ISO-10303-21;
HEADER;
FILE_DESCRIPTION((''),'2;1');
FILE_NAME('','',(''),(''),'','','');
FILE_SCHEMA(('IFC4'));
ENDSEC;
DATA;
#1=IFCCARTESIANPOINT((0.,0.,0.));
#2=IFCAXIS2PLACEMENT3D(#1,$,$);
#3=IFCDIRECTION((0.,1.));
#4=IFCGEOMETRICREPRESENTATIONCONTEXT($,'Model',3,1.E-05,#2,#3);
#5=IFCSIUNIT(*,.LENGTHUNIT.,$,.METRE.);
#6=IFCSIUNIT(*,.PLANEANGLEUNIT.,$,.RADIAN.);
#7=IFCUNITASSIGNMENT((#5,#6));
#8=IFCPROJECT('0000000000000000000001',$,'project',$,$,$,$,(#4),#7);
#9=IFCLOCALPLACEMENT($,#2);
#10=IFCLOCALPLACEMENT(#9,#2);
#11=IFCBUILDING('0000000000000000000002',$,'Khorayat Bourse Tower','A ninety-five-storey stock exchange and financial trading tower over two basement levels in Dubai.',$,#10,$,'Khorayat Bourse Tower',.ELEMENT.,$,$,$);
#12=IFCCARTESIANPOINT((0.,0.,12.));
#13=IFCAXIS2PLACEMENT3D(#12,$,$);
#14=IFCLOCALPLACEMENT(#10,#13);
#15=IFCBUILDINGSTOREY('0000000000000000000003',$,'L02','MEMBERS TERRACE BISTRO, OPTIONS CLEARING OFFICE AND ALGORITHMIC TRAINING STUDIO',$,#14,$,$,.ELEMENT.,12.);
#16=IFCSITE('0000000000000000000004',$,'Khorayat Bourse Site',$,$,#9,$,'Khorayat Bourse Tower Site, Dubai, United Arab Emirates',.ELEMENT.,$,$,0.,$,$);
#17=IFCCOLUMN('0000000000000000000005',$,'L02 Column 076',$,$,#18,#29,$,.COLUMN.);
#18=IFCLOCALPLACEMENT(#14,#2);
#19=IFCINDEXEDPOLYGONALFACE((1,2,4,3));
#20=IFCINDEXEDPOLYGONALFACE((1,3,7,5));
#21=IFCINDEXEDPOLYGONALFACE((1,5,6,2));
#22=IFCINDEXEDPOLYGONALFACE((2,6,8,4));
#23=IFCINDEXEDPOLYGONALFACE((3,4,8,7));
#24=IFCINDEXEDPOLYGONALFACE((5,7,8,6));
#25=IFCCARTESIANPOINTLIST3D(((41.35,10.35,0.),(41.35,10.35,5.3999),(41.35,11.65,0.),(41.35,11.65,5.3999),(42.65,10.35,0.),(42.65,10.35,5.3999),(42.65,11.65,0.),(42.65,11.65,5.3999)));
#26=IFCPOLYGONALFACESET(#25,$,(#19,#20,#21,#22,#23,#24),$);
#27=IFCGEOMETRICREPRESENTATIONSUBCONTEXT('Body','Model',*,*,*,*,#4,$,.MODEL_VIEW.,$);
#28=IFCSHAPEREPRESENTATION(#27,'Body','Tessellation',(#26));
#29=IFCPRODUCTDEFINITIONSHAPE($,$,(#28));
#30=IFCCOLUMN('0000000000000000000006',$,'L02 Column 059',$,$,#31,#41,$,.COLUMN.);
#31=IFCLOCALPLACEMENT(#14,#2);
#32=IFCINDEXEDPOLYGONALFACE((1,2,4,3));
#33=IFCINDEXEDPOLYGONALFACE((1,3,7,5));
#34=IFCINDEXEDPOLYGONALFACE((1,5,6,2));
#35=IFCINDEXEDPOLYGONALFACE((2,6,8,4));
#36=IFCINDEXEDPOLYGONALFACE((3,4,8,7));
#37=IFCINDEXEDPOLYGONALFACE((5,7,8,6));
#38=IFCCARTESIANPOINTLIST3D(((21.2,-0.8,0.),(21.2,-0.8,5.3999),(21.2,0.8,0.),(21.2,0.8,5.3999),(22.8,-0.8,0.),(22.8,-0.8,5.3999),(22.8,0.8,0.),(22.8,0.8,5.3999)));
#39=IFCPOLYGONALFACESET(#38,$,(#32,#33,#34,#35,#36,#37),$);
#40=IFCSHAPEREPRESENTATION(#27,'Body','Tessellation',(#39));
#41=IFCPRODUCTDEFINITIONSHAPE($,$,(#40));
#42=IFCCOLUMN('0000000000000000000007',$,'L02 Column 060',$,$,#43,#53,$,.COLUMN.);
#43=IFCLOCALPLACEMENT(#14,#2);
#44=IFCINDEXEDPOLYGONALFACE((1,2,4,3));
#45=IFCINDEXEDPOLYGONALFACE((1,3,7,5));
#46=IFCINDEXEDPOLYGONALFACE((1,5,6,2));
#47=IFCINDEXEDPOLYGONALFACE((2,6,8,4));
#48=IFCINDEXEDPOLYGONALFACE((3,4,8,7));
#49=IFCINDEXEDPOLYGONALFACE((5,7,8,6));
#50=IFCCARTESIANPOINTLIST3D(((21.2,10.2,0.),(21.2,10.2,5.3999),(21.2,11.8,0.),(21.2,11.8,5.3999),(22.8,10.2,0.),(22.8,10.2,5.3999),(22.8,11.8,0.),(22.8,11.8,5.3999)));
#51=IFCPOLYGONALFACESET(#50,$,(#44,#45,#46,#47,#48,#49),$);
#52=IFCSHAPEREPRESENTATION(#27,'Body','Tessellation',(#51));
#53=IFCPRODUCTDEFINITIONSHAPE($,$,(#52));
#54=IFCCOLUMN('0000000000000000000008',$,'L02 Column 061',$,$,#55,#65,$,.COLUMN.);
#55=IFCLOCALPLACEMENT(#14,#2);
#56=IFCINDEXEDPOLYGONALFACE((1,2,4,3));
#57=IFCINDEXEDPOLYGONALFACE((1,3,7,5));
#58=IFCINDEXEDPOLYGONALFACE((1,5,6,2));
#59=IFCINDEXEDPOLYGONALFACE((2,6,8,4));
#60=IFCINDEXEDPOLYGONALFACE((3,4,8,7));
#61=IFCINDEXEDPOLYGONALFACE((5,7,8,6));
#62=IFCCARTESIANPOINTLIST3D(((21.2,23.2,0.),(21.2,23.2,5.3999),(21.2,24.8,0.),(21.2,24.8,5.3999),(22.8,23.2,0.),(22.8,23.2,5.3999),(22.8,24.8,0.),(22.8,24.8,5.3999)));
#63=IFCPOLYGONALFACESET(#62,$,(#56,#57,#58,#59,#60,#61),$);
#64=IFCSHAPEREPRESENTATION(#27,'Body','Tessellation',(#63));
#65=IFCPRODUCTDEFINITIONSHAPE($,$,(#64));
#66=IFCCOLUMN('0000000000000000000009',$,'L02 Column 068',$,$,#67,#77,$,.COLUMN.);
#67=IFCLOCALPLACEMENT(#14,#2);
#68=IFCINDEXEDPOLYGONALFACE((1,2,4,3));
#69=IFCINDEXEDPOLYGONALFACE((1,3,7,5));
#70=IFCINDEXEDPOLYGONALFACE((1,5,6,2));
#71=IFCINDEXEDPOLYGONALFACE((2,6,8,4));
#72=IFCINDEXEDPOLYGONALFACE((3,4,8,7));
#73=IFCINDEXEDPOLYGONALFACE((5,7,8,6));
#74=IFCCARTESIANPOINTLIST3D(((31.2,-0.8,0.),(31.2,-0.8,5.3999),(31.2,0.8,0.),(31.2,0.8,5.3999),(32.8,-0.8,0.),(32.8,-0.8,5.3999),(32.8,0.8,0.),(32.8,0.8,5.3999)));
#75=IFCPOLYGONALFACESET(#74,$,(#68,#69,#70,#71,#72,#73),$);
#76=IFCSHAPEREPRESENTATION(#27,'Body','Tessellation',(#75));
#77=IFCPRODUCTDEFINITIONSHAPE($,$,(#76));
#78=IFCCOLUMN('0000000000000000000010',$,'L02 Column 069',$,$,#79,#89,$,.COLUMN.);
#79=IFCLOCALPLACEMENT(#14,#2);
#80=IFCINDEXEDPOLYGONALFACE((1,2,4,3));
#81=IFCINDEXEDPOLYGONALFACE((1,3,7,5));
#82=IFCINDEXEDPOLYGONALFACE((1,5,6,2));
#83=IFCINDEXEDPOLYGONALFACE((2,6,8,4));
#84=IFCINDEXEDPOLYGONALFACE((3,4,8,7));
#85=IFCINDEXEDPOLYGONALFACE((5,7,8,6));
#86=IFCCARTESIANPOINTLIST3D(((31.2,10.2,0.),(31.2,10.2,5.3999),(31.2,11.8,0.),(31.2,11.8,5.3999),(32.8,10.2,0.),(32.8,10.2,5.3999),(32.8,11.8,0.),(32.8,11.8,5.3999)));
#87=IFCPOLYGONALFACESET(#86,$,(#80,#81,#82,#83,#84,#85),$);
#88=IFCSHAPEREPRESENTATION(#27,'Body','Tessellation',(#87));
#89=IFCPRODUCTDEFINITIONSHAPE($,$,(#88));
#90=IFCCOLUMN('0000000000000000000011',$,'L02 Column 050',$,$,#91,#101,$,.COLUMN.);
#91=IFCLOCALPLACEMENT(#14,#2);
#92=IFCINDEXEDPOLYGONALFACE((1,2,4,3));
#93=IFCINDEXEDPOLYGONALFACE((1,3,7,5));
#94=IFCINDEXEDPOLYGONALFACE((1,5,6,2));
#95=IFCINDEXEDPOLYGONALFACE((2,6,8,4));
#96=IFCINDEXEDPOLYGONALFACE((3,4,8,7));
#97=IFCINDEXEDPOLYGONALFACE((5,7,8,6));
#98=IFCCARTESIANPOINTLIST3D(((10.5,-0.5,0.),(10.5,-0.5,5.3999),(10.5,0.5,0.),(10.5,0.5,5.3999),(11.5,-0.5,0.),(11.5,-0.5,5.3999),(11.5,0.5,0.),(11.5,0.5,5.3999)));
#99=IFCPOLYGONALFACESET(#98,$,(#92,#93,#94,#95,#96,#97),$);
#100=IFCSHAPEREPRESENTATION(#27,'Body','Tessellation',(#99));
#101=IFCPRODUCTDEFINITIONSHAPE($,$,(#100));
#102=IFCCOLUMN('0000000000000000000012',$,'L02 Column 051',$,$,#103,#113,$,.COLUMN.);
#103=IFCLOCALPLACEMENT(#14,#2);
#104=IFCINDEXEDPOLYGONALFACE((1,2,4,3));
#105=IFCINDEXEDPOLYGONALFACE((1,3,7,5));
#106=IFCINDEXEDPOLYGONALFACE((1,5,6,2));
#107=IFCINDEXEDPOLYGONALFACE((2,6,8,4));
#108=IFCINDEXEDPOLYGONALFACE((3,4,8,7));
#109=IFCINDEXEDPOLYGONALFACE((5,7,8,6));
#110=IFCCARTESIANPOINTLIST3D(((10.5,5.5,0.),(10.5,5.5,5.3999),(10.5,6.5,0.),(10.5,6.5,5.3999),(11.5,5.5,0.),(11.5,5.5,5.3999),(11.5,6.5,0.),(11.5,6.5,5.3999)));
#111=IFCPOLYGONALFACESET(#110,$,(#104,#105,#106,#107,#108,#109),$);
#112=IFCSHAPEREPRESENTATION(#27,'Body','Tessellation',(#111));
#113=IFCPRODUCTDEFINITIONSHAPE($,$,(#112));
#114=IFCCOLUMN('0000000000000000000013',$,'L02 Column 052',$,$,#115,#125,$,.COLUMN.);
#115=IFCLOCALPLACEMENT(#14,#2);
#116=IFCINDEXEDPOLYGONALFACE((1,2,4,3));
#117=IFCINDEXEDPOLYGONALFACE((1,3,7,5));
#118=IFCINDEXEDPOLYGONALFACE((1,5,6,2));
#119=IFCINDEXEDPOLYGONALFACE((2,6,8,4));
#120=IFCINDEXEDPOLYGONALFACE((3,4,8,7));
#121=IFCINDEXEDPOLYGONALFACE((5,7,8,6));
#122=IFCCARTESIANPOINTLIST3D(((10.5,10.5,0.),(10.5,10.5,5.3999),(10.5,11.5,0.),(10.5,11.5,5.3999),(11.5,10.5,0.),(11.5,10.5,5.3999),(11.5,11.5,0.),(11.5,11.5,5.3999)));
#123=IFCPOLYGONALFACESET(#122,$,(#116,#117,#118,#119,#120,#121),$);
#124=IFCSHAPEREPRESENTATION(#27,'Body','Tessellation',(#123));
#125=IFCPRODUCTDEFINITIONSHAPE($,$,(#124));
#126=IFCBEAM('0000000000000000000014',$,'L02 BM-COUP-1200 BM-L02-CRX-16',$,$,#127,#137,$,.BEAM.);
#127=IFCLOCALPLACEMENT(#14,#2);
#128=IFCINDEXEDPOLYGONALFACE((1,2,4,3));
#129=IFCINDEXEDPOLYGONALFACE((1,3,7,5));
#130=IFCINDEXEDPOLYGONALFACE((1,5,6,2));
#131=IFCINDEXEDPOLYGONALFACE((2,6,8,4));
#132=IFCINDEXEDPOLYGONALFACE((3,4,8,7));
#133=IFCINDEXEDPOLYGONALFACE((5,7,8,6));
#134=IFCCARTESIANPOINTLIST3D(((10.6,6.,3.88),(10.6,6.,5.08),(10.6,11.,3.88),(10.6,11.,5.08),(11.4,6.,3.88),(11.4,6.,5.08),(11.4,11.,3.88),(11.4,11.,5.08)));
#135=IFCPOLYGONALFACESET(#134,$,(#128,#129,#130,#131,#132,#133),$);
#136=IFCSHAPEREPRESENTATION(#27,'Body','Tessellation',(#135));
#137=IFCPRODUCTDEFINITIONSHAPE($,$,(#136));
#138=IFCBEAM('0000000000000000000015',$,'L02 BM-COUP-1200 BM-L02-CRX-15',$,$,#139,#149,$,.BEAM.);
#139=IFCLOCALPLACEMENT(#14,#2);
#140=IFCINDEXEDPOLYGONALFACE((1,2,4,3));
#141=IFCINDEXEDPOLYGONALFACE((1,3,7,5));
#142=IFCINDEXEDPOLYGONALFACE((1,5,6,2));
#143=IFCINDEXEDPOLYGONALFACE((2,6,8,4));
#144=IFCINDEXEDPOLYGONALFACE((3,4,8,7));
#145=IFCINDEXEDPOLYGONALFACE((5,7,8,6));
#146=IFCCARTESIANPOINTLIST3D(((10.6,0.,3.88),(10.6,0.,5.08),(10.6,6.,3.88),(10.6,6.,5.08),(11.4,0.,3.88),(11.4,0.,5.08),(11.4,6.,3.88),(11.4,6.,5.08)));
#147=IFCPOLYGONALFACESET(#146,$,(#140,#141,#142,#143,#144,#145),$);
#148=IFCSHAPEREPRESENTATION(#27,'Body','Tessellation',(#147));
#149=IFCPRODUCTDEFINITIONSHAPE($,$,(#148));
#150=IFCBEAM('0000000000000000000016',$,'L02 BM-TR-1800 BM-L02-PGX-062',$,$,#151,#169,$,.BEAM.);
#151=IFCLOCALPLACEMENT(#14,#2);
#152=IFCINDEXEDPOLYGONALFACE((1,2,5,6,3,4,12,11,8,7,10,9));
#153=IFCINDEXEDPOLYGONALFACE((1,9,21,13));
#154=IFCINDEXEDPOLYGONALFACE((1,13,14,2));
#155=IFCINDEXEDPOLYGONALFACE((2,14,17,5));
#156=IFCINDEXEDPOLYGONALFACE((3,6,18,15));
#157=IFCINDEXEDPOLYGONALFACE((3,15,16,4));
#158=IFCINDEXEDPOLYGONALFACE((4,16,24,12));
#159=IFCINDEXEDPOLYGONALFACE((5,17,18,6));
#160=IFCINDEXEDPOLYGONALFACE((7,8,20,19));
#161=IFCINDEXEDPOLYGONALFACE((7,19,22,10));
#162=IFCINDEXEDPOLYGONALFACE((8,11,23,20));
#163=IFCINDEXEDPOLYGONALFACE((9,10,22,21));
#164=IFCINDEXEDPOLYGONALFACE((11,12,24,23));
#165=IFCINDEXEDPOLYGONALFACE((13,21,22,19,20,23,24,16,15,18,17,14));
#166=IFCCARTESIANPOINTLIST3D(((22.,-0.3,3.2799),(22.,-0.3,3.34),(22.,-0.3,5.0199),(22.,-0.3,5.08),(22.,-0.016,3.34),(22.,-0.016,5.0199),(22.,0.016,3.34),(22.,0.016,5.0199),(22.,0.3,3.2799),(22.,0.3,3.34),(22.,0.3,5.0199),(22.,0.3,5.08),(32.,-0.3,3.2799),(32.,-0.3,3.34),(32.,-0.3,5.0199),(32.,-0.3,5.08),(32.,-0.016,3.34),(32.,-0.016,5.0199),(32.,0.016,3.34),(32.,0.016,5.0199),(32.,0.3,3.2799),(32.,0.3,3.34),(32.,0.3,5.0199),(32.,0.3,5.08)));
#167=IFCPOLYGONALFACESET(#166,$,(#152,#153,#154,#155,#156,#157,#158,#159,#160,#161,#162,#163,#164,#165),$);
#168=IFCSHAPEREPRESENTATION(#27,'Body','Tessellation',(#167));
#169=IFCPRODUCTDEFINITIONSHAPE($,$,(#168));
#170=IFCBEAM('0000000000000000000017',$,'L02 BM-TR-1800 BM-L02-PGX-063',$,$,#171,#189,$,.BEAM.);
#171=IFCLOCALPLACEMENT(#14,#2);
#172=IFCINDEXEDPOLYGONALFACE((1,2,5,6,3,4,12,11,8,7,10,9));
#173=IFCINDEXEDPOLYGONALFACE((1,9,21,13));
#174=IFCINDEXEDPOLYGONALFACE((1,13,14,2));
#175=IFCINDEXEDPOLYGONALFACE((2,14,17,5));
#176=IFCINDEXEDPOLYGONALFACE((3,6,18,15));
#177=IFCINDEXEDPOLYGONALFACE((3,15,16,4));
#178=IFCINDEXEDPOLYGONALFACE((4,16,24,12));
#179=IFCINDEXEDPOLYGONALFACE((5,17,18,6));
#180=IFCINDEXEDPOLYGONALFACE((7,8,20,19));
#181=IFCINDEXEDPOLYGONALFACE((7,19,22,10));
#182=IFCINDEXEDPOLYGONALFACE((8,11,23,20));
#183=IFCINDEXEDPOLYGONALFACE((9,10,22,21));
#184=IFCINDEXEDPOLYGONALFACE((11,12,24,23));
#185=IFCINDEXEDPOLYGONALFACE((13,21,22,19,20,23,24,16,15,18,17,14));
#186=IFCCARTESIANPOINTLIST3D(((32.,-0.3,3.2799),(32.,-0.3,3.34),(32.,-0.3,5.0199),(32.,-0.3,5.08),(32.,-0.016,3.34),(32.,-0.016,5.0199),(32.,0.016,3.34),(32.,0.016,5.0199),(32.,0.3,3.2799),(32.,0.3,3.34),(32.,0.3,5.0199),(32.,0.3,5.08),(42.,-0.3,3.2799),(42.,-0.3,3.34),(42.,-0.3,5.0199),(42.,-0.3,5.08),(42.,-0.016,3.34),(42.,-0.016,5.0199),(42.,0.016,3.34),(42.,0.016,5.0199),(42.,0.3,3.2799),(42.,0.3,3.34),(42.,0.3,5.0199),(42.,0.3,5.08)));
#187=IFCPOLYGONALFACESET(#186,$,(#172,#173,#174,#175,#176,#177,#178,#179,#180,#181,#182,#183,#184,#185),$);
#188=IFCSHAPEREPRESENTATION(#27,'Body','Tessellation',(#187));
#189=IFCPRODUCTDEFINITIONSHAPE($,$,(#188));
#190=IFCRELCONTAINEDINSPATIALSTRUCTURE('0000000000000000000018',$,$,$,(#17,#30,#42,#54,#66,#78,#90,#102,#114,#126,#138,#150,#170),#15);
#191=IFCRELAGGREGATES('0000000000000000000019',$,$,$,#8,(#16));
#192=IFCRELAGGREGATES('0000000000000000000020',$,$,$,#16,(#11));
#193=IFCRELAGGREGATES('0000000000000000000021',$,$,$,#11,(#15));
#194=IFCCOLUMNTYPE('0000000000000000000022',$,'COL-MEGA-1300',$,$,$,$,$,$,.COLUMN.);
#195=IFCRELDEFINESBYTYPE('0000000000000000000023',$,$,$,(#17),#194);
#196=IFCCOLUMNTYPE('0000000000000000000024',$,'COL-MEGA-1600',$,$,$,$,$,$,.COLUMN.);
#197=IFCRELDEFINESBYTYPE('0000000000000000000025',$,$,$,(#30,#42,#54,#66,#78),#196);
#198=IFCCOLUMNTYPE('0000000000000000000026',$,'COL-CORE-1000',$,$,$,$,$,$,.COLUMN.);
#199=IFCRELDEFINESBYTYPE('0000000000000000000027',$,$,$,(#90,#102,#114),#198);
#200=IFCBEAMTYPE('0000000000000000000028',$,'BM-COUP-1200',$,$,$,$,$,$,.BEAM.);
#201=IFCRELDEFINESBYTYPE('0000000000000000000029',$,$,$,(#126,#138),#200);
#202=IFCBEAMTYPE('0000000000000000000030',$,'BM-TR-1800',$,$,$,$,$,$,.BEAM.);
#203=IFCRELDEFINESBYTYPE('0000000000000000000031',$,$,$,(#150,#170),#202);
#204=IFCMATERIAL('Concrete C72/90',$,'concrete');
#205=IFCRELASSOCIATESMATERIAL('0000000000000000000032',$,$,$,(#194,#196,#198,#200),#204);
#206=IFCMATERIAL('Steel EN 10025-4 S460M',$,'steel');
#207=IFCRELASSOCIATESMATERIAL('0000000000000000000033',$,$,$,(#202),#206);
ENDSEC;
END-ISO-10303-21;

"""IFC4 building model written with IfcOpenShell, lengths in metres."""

from ifc_helpers import new_model, si_unit, direction, frame, origin, origin_2d, place, context, subcontext, project, spatial, rectangle, i_section, extrude, source, transform, mapped, material, material_profile, profile_set, type_object, element, save


model = new_model("IFC4")

# Units and contexts
model_context = context("Model", 3, precision=1e-05, world=origin(), true_north=direction((0.0, 1.0)))
body_context = subcontext(model_context, "Body", "Model", "MODEL_VIEW")
ifc_project = project(units=[si_unit("LENGTHUNIT", "METRE"), si_unit("PLANEANGLEUNIT", "RADIAN")], contexts=[model_context])

# Site, building, storey
site_placement = place(None, origin())
site = spatial("IfcSite", under=ifc_project, at=site_placement, Name="Khorayat Bourse Site", LongName="Khorayat Bourse Tower Site, Dubai, United Arab Emirates", CompositionType="ELEMENT", RefElevation=0.0)
building_placement = place(site_placement, origin())
building = spatial("IfcBuilding", under=site, at=building_placement, Name="Khorayat Bourse Tower", Description="A ninety-five-storey stock exchange and financial trading tower over two basement levels in Dubai.", LongName="Khorayat Bourse Tower", CompositionType="ELEMENT")
storey_placement = place(building_placement, frame((0.0, 0.0, 12.0)))
storey = spatial("IfcBuildingStorey", under=building, at=storey_placement, Name="L02", Description="MEMBERS TERRACE BISTRO, OPTIONS CLEARING OFFICE AND ALGORITHMIC TRAINING STUDIO", CompositionType="ELEMENT", Elevation=12.0)

# Columns
ifc_material_1 = material(Name="Concrete C72/90", Category="concrete")
ifc_material_profile_1 = material_profile(ifc_material_1, rectangle(XDim=1.3, YDim=1.3, at=origin_2d()), Name="RC 1300x1300")
ifc_profile_set_1 = profile_set([ifc_material_profile_1], Name="Concrete C72/90")
column_type_1 = type_object("IfcColumnType", Name="COL-MEGA-1300", PredefinedType="COLUMN", material=ifc_profile_set_1)
shared_shape_1 = source(origin(), body_context, "Body", "SweptSolid", [
    extrude(rectangle(XDim=1.3, YDim=1.3, at=origin_2d()), origin(), (0.0, 0.0, 1.0), 5.3999),
])
column_placement = place(storey_placement, frame((42.0, 11.0, 0.0), z_axis=(0.0, 0.0, 1.0), x_axis=(1.0, 0.0, 0.0)))
element("IfcColumn", 1, at=column_placement, inside=storey, type_object=column_type_1, Name="L02 Column 076", PredefinedType="COLUMN", context=body_context, shape_type="MappedRepresentation", body=[
    mapped(shared_shape_1, transform((0.0, 0.0, 0.0), scale=1.0)),
])
ifc_material_profile_2 = material_profile(ifc_material_1, rectangle(XDim=1.6001, YDim=1.6001, at=origin_2d()), Name="RC 1600x1600")
ifc_profile_set_2 = profile_set([ifc_material_profile_2], Name="Concrete C72/90")
column_type_2 = type_object("IfcColumnType", Name="COL-MEGA-1600", PredefinedType="COLUMN", material=ifc_profile_set_2)
shared_shape_2 = source(origin(), body_context, "Body", "SweptSolid", [
    extrude(rectangle(XDim=1.6001, YDim=1.6001, at=origin_2d()), origin(), (0.0, 0.0, 1.0), 5.3999),
])
for number, where, z_axis, x_axis, name in (
    (2, (22.0, 0.0, 0.0), (0.0, 0.0, 1.0), (1.0, 0.0, 0.0), "L02 Column 059"),
    (3, (22.0, 11.0, 0.0), (0.0, 0.0, 1.0), (1.0, 0.0, 0.0), "L02 Column 060"),
    (4, (22.0, 24.0, 0.0), (0.0, 0.0, 1.0), (1.0, 0.0, 0.0), "L02 Column 061"),
    (5, (32.0, 0.0, 0.0), (0.0, 0.0, 1.0), (1.0, 0.0, 0.0), "L02 Column 068"),
    (6, (32.0, 11.0, 0.0), (0.0, 0.0, 1.0), (1.0, 0.0, 0.0), "L02 Column 069"),
):
    element("IfcColumn", number, at=place(storey_placement, frame(where, z_axis=z_axis, x_axis=x_axis)), inside=storey, type_object=column_type_2, Name=name, PredefinedType="COLUMN", context=body_context, shape_type="MappedRepresentation", body=[
        mapped(shared_shape_2, transform((0.0, 0.0, 0.0), scale=1.0)),
    ])
ifc_material_profile_3 = material_profile(ifc_material_1, rectangle(XDim=1.0, YDim=1.0, at=origin_2d()), Name="RC 1000x1000")
ifc_profile_set_3 = profile_set([ifc_material_profile_3], Name="Concrete C72/90")
column_type_3 = type_object("IfcColumnType", Name="COL-CORE-1000", PredefinedType="COLUMN", material=ifc_profile_set_3)
shared_shape_3 = source(origin(), body_context, "Body", "SweptSolid", [
    extrude(rectangle(XDim=1.0, YDim=1.0, at=origin_2d()), origin(), (0.0, 0.0, 1.0), 5.3999),
])
for number, where, z_axis, x_axis, name in (
    (7, (11.0, 0.0, 0.0), (0.0, 0.0, 1.0), (1.0, 0.0, 0.0), "L02 Column 050"),
    (8, (11.0, 6.0, 0.0), (0.0, 0.0, 1.0), (1.0, 0.0, 0.0), "L02 Column 051"),
    (9, (11.0, 11.0, 0.0), (0.0, 0.0, 1.0), (1.0, 0.0, 0.0), "L02 Column 052"),
):
    element("IfcColumn", number, at=place(storey_placement, frame(where, z_axis=z_axis, x_axis=x_axis)), inside=storey, type_object=column_type_3, Name=name, PredefinedType="COLUMN", context=body_context, shape_type="MappedRepresentation", body=[
        mapped(shared_shape_3, transform((0.0, 0.0, 0.0), scale=1.0)),
    ])

# Beams
ifc_material_profile_4 = material_profile(ifc_material_1, rectangle(XDim=0.8, YDim=1.2, at=origin_2d()), Name="RC 800x1200")
ifc_profile_set_4 = profile_set([ifc_material_profile_4], Name="Concrete C72/90")
beam_type_1 = type_object("IfcBeamType", Name="BM-COUP-1200", PredefinedType="BEAM", material=ifc_profile_set_4)
shared_shape_4 = source(origin(), body_context, "Body", "SweptSolid", [
    extrude(rectangle(XDim=0.8, YDim=1.2, at=origin_2d()), origin(), (0.0, 0.0, 1.0), 5.0),
])
beam_1_placement = place(storey_placement, frame((11.0, 6.0, 4.48), z_axis=(0.0, 1.0, 0.0), x_axis=(-1.0, 0.0, 0.0)))
element("IfcBeam", 10, at=beam_1_placement, inside=storey, type_object=beam_type_1, Name="L02 BM-COUP-1200 BM-L02-CRX-16", PredefinedType="BEAM", context=body_context, shape_type="MappedRepresentation", body=[
    mapped(shared_shape_4, transform((0.0, 0.0, 0.0), scale=1.0)),
])
shared_shape_5 = source(origin(), body_context, "Body", "SweptSolid", [
    extrude(rectangle(XDim=0.8, YDim=1.2, at=origin_2d()), origin(), (0.0, 0.0, 1.0), 6.0),
])
beam_2_placement = place(storey_placement, frame((11.0, 0.0, 4.48), z_axis=(0.0, 1.0, 0.0), x_axis=(-1.0, 0.0, 0.0)))
element("IfcBeam", 11, at=beam_2_placement, inside=storey, type_object=beam_type_1, Name="L02 BM-COUP-1200 BM-L02-CRX-15", PredefinedType="BEAM", context=body_context, shape_type="MappedRepresentation", body=[
    mapped(shared_shape_5, transform((0.0, 0.0, 0.0), scale=1.0)),
])
ifc_material_2 = material(Name="Steel EN 10025-4 S460M", Category="steel")
ifc_material_profile_5 = material_profile(ifc_material_2, i_section(OverallWidth=0.6001, OverallDepth=1.8, WebThickness=0.032, FlangeThickness=0.0601, at=origin_2d()), Name="PG 1800x600x32x60")
ifc_profile_set_5 = profile_set([ifc_material_profile_5], Name="Steel EN 10025-4 S460M")
beam_type_2 = type_object("IfcBeamType", Name="BM-TR-1800", PredefinedType="BEAM", material=ifc_profile_set_5)
shared_shape_6 = source(origin(), body_context, "Body", "SweptSolid", [
    extrude(i_section(OverallWidth=0.6001, OverallDepth=1.8, WebThickness=0.032, FlangeThickness=0.0601, at=origin_2d()), origin(), (0.0, 0.0, 1.0), 10.0),
])
for number, where, z_axis, x_axis, name in (
    (12, (22.0, 0.0, 4.1799), (1.0, 0.0, 0.0), (0.0, 1.0, 0.0), "L02 BM-TR-1800 BM-L02-PGX-062"),
    (13, (32.0, 0.0, 4.1799), (1.0, 0.0, 0.0), (0.0, 1.0, 0.0), "L02 BM-TR-1800 BM-L02-PGX-063"),
):
    element("IfcBeam", number, at=place(storey_placement, frame(where, z_axis=z_axis, x_axis=x_axis)), inside=storey, type_object=beam_type_2, Name=name, PredefinedType="BEAM", context=body_context, shape_type="MappedRepresentation", body=[
        mapped(shared_shape_6, transform((0.0, 0.0, 0.0), scale=1.0)),
    ])

save(model, "model.ifc")
